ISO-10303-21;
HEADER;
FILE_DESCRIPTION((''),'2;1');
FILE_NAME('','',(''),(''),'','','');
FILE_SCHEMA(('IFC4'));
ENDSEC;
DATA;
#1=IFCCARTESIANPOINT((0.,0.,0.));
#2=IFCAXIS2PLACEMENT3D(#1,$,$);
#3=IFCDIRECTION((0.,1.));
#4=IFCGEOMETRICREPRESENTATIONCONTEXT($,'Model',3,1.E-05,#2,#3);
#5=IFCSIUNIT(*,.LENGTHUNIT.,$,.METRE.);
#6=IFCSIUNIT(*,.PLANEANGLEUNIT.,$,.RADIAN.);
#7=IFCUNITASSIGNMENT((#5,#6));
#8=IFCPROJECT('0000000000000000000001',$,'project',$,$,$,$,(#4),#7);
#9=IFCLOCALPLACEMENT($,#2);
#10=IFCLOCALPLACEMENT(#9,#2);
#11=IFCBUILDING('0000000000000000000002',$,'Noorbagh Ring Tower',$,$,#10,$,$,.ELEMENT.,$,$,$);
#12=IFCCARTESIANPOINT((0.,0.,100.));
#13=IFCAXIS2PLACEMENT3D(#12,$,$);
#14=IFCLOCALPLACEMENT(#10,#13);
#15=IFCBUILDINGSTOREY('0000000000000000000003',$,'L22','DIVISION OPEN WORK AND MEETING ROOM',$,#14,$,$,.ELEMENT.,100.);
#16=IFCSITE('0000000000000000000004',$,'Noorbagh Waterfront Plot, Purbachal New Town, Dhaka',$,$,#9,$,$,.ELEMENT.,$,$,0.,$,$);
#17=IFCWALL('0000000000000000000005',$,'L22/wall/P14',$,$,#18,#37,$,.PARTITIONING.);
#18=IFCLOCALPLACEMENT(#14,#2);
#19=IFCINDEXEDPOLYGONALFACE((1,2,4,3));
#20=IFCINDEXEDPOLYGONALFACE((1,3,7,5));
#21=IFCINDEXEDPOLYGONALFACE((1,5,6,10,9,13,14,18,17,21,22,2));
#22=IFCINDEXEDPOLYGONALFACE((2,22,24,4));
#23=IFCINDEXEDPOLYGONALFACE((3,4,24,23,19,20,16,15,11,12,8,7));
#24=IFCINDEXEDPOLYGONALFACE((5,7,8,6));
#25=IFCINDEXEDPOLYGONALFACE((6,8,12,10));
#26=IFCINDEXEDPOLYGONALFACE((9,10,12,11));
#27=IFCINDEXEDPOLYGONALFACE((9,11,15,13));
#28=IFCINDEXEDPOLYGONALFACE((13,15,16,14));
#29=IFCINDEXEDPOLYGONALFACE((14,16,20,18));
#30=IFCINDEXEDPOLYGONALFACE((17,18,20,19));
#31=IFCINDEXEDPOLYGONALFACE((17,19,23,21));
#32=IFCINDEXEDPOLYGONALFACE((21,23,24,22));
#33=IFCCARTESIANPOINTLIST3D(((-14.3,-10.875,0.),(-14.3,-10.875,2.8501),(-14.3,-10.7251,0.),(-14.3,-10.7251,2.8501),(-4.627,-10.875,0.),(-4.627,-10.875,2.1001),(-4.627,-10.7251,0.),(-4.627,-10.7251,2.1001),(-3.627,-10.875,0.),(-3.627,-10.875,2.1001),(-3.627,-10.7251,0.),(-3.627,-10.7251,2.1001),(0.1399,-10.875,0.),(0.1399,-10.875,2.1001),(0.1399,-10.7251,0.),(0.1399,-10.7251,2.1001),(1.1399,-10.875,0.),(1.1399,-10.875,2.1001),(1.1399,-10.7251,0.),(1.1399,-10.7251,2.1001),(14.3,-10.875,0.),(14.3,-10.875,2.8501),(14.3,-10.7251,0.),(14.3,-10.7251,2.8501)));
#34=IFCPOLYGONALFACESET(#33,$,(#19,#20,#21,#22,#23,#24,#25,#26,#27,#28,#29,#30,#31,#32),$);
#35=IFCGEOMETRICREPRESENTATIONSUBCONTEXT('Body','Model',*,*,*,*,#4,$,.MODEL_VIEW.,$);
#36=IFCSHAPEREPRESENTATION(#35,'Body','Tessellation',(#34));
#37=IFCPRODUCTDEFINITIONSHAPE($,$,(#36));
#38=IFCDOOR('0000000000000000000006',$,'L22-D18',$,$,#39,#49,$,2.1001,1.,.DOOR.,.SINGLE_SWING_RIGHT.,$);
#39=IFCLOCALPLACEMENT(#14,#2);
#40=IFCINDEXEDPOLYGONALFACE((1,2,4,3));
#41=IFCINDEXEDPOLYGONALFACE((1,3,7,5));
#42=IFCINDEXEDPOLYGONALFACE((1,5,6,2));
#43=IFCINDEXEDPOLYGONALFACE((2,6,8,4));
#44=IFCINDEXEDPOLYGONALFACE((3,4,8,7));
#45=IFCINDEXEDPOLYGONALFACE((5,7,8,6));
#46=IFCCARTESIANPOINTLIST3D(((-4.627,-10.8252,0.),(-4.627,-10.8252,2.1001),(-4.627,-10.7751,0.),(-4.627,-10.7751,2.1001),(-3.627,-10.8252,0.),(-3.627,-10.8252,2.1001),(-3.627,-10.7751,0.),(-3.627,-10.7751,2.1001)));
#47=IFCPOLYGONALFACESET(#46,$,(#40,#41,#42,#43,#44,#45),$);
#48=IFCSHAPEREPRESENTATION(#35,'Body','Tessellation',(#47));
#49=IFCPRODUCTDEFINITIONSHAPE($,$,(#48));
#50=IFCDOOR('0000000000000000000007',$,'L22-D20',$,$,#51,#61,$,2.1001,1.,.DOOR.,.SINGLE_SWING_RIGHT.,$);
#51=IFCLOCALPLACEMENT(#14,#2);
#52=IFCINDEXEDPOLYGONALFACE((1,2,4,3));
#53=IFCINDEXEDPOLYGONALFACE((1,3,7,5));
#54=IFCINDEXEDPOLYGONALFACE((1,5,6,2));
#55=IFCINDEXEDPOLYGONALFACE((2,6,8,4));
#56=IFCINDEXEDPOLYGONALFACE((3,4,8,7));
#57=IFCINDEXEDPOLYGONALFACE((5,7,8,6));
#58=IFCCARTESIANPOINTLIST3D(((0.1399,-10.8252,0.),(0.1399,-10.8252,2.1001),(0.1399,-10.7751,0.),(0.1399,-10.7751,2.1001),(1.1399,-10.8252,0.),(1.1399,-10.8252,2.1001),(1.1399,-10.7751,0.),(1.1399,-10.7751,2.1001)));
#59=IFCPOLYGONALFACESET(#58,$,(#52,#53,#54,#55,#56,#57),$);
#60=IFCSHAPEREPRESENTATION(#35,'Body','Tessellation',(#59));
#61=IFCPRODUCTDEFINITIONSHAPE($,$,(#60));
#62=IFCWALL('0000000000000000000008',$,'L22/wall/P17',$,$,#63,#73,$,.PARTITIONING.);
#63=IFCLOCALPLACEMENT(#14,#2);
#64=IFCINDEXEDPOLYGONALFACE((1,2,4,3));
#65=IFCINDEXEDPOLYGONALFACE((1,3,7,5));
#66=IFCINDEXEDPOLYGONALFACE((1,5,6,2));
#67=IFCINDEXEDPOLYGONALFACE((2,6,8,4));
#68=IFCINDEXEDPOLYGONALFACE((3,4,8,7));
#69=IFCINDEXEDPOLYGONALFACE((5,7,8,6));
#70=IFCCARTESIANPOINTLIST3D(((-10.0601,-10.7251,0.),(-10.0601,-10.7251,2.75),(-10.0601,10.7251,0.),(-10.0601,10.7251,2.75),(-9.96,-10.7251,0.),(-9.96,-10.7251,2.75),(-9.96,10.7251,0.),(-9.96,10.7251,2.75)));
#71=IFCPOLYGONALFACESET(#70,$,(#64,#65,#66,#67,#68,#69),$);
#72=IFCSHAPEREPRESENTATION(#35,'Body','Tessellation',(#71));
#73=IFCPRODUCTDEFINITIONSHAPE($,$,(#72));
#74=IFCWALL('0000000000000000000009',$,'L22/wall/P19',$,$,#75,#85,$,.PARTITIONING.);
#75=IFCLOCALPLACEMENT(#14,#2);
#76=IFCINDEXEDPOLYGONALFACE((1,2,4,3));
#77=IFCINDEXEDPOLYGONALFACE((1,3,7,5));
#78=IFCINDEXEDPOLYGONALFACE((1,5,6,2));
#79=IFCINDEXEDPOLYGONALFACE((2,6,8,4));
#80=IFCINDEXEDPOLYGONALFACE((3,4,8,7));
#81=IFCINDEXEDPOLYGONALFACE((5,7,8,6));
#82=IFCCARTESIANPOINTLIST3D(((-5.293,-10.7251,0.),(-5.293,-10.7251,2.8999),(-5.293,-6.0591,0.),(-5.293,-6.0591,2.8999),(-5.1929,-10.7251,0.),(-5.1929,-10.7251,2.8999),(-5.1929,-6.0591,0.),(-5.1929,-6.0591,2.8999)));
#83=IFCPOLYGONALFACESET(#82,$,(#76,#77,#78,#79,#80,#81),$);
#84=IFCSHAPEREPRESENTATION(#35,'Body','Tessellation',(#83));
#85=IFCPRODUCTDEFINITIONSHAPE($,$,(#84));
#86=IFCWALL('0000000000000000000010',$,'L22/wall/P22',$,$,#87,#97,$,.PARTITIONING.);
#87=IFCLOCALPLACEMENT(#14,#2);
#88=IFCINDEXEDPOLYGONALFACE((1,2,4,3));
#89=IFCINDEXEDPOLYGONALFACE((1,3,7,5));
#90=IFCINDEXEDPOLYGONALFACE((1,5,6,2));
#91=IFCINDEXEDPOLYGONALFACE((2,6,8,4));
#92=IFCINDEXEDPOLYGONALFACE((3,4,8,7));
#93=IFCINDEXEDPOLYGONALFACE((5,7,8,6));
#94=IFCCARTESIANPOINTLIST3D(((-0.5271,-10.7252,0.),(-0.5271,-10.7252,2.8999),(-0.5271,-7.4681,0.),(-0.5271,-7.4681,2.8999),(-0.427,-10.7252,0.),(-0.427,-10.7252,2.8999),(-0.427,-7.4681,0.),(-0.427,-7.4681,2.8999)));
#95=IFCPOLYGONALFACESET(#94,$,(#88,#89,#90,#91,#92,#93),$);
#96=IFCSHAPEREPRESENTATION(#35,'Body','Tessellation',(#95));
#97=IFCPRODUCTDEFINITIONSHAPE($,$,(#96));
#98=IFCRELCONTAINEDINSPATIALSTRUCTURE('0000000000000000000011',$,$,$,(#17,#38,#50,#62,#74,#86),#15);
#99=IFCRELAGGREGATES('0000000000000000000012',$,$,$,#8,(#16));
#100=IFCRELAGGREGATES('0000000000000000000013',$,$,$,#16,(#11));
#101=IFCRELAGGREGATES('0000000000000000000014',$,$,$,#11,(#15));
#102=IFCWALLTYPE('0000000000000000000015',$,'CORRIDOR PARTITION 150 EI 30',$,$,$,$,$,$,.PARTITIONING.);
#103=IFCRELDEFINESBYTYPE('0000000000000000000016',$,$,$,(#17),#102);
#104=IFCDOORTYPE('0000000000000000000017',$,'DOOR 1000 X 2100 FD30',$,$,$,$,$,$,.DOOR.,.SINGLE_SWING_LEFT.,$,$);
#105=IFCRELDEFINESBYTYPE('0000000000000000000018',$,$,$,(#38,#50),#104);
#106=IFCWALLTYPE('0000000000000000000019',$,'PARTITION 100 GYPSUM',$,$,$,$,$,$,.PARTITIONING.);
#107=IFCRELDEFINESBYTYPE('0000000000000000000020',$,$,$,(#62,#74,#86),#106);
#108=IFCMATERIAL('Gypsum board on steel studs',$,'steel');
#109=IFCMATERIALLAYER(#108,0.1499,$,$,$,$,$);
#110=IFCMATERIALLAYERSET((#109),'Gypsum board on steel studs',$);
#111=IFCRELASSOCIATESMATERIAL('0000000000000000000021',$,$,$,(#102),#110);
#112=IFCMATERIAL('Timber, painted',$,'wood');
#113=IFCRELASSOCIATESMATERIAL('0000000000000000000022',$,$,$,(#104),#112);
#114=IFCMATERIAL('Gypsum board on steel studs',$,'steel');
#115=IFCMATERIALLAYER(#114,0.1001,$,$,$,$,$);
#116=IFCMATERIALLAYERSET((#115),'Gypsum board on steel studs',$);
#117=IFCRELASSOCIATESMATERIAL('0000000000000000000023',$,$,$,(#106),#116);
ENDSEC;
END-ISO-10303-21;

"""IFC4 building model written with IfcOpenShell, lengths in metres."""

from ifc_helpers import new_model, si_unit, direction, frame, frame_2d, origin, place, context, subcontext, project, spatial, rectangle, extrude, material, layer, layer_set, type_object, element, fill, save


model = new_model("IFC4")

# Units and contexts
model_context = context("Model", 3, precision=1e-05, world=origin(), true_north=direction((0.0, 1.0)))
body_context = subcontext(model_context, "Body", "Model", "MODEL_VIEW")
ifc_project = project(units=[si_unit("LENGTHUNIT", "METRE"), si_unit("PLANEANGLEUNIT", "RADIAN")], contexts=[model_context])

# Site, building, storey
site_placement = place(None, origin())
site = spatial("IfcSite", under=ifc_project, at=site_placement, Name="Noorbagh Waterfront Plot, Purbachal New Town, Dhaka", CompositionType="ELEMENT", RefElevation=0.0)
building_placement = place(site_placement, origin())
building = spatial("IfcBuilding", under=site, at=building_placement, Name="Noorbagh Ring Tower", CompositionType="ELEMENT")
storey_placement = place(building_placement, frame((0.0, 0.0, 100.0)))
storey = spatial("IfcBuildingStorey", under=building, at=storey_placement, Name="L22", Description="DIVISION OPEN WORK AND MEETING ROOM", CompositionType="ELEMENT", Elevation=100.0)

# Shared definitions
ifc_material_1 = material(Name="Gypsum board on steel studs", Category="steel")
ifc_layer_1 = layer(ifc_material_1, 0.1499)
ifc_layer_set_1 = layer_set([ifc_layer_1], Name="Gypsum board on steel studs")
wall_type_1 = type_object("IfcWallType", Name="CORRIDOR PARTITION 150 EI 30", PredefinedType="PARTITIONING", material=ifc_layer_set_1)

# Shared definitions
ifc_material_2 = material(Name="Timber, painted", Category="wood")
door_type_1 = type_object("IfcDoorType", Name="DOOR 1000 X 2100 FD30", OperationType="SINGLE_SWING_LEFT", PredefinedType="DOOR", material=ifc_material_2)

# Wall, openings, doors
wall_1_placement = place(storey_placement, frame((-14.3, -10.8, 0.0), z_axis=(0.0, 0.0, 1.0), x_axis=(1.0, 0.0, 0.0)))
wall_1 = element("IfcWall", 1, at=wall_1_placement, inside=storey, type_object=wall_type_1, Name="L22/wall/P14", PredefinedType="PARTITIONING", context=body_context, shape_type="SweptSolid", body=[
    extrude(rectangle(XDim=28.6001, YDim=0.1499, at=frame_2d((14.3, 0.0))), origin(), (0.0, 0.0, 1.0), 2.8501),
])
opening_1_placement = place(wall_1_placement, frame((9.6731, 0.0, 0.0)))
opening_1 = element("IfcOpeningElement", 2, at=opening_1_placement, cuts=wall_1, PredefinedType="OPENING", context=body_context, shape_type="SweptSolid", body=[
    extrude(rectangle(XDim=1.0, YDim=2.1001, at=frame_2d((0.5, 1.05))), frame((0.0, 0.085, 0.0), z_axis=(0.0, -1.0, 0.0), x_axis=(1.0, 0.0, 0.0)), (0.0, 0.0, 1.0), 0.1699),
])
opening_2_placement = place(wall_1_placement, frame((14.4399, 0.0, 0.0)))
opening_2 = element("IfcOpeningElement", 3, at=opening_2_placement, cuts=wall_1, PredefinedType="OPENING", context=body_context, shape_type="SweptSolid", body=[
    extrude(rectangle(XDim=1.0, YDim=2.1001, at=frame_2d((0.5, 1.05))), frame((0.0, 0.085, 0.0), z_axis=(0.0, -1.0, 0.0), x_axis=(1.0, 0.0, 0.0)), (0.0, 0.0, 1.0), 0.1699),
])
door_1_placement = place(opening_1_placement, origin())
door_1 = element("IfcDoor", 4, at=door_1_placement, inside=storey, type_object=door_type_1, Name="L22-D18", OperationType="SINGLE_SWING_RIGHT", OverallHeight=2.1001, OverallWidth=1.0, PredefinedType="DOOR", context=body_context, shape_type="SweptSolid", body=[
    extrude(rectangle(XDim=1.0, YDim=2.1001, at=frame_2d((0.5, 1.05))), frame((0.0, 0.0249, 0.0), z_axis=(0.0, -1.0, 0.0), x_axis=(1.0, 0.0, 0.0)), (0.0, 0.0, 1.0), 0.05),
])
fill(opening_1, door_1)
door_2_placement = place(opening_2_placement, origin())
door_2 = element("IfcDoor", 5, at=door_2_placement, inside=storey, type_object=door_type_1, Name="L22-D20", OperationType="SINGLE_SWING_RIGHT", OverallHeight=2.1001, OverallWidth=1.0, PredefinedType="DOOR", context=body_context, shape_type="SweptSolid", body=[
    extrude(rectangle(XDim=1.0, YDim=2.1001, at=frame_2d((0.5, 1.05))), frame((0.0, 0.0249, 0.0), z_axis=(0.0, -1.0, 0.0), x_axis=(1.0, 0.0, 0.0)), (0.0, 0.0, 1.0), 0.05),
])
fill(opening_2, door_2)

# Walls
ifc_material_3 = material(Name="Gypsum board on steel studs", Category="steel")
ifc_layer_2 = layer(ifc_material_3, 0.1001)
ifc_layer_set_2 = layer_set([ifc_layer_2], Name="Gypsum board on steel studs")
wall_type_2 = type_object("IfcWallType", Name="PARTITION 100 GYPSUM", PredefinedType="PARTITIONING", material=ifc_layer_set_2)
wall_2_placement = place(storey_placement, frame((-10.01, -10.7251, 0.0), z_axis=(0.0, 0.0, 1.0), x_axis=(0.0, 1.0, 0.0)))
element("IfcWall", 6, at=wall_2_placement, inside=storey, type_object=wall_type_2, Name="L22/wall/P17", PredefinedType="PARTITIONING", context=body_context, shape_type="SweptSolid", body=[
    extrude(rectangle(XDim=21.4502, YDim=0.1001, at=frame_2d((10.7251, 0.0))), origin(), (0.0, 0.0, 1.0), 2.75),
])
wall_3_placement = place(storey_placement, frame((-5.2429, -10.7251, 0.0), z_axis=(0.0, 0.0, 1.0), x_axis=(0.0, 1.0, 0.0)))
element("IfcWall", 7, at=wall_3_placement, inside=storey, type_object=wall_type_2, Name="L22/wall/P19", PredefinedType="PARTITIONING", context=body_context, shape_type="SweptSolid", body=[
    extrude(rectangle(XDim=4.666, YDim=0.1001, at=frame_2d((2.333, 0.0))), origin(), (0.0, 0.0, 1.0), 2.8999),
])
wall_4_placement = place(storey_placement, frame((-0.4771, -10.7251, 0.0), z_axis=(0.0, 0.0, 1.0), x_axis=(0.0, 1.0, 0.0)))
element("IfcWall", 8, at=wall_4_placement, inside=storey, type_object=wall_type_2, Name="L22/wall/P22", PredefinedType="PARTITIONING", context=body_context, shape_type="SweptSolid", body=[
    extrude(rectangle(XDim=3.2571, YDim=0.1001, at=frame_2d((1.6284, 0.0))), origin(), (0.0, 0.0, 1.0), 2.8999),
])

save(model, "model.ifc")
